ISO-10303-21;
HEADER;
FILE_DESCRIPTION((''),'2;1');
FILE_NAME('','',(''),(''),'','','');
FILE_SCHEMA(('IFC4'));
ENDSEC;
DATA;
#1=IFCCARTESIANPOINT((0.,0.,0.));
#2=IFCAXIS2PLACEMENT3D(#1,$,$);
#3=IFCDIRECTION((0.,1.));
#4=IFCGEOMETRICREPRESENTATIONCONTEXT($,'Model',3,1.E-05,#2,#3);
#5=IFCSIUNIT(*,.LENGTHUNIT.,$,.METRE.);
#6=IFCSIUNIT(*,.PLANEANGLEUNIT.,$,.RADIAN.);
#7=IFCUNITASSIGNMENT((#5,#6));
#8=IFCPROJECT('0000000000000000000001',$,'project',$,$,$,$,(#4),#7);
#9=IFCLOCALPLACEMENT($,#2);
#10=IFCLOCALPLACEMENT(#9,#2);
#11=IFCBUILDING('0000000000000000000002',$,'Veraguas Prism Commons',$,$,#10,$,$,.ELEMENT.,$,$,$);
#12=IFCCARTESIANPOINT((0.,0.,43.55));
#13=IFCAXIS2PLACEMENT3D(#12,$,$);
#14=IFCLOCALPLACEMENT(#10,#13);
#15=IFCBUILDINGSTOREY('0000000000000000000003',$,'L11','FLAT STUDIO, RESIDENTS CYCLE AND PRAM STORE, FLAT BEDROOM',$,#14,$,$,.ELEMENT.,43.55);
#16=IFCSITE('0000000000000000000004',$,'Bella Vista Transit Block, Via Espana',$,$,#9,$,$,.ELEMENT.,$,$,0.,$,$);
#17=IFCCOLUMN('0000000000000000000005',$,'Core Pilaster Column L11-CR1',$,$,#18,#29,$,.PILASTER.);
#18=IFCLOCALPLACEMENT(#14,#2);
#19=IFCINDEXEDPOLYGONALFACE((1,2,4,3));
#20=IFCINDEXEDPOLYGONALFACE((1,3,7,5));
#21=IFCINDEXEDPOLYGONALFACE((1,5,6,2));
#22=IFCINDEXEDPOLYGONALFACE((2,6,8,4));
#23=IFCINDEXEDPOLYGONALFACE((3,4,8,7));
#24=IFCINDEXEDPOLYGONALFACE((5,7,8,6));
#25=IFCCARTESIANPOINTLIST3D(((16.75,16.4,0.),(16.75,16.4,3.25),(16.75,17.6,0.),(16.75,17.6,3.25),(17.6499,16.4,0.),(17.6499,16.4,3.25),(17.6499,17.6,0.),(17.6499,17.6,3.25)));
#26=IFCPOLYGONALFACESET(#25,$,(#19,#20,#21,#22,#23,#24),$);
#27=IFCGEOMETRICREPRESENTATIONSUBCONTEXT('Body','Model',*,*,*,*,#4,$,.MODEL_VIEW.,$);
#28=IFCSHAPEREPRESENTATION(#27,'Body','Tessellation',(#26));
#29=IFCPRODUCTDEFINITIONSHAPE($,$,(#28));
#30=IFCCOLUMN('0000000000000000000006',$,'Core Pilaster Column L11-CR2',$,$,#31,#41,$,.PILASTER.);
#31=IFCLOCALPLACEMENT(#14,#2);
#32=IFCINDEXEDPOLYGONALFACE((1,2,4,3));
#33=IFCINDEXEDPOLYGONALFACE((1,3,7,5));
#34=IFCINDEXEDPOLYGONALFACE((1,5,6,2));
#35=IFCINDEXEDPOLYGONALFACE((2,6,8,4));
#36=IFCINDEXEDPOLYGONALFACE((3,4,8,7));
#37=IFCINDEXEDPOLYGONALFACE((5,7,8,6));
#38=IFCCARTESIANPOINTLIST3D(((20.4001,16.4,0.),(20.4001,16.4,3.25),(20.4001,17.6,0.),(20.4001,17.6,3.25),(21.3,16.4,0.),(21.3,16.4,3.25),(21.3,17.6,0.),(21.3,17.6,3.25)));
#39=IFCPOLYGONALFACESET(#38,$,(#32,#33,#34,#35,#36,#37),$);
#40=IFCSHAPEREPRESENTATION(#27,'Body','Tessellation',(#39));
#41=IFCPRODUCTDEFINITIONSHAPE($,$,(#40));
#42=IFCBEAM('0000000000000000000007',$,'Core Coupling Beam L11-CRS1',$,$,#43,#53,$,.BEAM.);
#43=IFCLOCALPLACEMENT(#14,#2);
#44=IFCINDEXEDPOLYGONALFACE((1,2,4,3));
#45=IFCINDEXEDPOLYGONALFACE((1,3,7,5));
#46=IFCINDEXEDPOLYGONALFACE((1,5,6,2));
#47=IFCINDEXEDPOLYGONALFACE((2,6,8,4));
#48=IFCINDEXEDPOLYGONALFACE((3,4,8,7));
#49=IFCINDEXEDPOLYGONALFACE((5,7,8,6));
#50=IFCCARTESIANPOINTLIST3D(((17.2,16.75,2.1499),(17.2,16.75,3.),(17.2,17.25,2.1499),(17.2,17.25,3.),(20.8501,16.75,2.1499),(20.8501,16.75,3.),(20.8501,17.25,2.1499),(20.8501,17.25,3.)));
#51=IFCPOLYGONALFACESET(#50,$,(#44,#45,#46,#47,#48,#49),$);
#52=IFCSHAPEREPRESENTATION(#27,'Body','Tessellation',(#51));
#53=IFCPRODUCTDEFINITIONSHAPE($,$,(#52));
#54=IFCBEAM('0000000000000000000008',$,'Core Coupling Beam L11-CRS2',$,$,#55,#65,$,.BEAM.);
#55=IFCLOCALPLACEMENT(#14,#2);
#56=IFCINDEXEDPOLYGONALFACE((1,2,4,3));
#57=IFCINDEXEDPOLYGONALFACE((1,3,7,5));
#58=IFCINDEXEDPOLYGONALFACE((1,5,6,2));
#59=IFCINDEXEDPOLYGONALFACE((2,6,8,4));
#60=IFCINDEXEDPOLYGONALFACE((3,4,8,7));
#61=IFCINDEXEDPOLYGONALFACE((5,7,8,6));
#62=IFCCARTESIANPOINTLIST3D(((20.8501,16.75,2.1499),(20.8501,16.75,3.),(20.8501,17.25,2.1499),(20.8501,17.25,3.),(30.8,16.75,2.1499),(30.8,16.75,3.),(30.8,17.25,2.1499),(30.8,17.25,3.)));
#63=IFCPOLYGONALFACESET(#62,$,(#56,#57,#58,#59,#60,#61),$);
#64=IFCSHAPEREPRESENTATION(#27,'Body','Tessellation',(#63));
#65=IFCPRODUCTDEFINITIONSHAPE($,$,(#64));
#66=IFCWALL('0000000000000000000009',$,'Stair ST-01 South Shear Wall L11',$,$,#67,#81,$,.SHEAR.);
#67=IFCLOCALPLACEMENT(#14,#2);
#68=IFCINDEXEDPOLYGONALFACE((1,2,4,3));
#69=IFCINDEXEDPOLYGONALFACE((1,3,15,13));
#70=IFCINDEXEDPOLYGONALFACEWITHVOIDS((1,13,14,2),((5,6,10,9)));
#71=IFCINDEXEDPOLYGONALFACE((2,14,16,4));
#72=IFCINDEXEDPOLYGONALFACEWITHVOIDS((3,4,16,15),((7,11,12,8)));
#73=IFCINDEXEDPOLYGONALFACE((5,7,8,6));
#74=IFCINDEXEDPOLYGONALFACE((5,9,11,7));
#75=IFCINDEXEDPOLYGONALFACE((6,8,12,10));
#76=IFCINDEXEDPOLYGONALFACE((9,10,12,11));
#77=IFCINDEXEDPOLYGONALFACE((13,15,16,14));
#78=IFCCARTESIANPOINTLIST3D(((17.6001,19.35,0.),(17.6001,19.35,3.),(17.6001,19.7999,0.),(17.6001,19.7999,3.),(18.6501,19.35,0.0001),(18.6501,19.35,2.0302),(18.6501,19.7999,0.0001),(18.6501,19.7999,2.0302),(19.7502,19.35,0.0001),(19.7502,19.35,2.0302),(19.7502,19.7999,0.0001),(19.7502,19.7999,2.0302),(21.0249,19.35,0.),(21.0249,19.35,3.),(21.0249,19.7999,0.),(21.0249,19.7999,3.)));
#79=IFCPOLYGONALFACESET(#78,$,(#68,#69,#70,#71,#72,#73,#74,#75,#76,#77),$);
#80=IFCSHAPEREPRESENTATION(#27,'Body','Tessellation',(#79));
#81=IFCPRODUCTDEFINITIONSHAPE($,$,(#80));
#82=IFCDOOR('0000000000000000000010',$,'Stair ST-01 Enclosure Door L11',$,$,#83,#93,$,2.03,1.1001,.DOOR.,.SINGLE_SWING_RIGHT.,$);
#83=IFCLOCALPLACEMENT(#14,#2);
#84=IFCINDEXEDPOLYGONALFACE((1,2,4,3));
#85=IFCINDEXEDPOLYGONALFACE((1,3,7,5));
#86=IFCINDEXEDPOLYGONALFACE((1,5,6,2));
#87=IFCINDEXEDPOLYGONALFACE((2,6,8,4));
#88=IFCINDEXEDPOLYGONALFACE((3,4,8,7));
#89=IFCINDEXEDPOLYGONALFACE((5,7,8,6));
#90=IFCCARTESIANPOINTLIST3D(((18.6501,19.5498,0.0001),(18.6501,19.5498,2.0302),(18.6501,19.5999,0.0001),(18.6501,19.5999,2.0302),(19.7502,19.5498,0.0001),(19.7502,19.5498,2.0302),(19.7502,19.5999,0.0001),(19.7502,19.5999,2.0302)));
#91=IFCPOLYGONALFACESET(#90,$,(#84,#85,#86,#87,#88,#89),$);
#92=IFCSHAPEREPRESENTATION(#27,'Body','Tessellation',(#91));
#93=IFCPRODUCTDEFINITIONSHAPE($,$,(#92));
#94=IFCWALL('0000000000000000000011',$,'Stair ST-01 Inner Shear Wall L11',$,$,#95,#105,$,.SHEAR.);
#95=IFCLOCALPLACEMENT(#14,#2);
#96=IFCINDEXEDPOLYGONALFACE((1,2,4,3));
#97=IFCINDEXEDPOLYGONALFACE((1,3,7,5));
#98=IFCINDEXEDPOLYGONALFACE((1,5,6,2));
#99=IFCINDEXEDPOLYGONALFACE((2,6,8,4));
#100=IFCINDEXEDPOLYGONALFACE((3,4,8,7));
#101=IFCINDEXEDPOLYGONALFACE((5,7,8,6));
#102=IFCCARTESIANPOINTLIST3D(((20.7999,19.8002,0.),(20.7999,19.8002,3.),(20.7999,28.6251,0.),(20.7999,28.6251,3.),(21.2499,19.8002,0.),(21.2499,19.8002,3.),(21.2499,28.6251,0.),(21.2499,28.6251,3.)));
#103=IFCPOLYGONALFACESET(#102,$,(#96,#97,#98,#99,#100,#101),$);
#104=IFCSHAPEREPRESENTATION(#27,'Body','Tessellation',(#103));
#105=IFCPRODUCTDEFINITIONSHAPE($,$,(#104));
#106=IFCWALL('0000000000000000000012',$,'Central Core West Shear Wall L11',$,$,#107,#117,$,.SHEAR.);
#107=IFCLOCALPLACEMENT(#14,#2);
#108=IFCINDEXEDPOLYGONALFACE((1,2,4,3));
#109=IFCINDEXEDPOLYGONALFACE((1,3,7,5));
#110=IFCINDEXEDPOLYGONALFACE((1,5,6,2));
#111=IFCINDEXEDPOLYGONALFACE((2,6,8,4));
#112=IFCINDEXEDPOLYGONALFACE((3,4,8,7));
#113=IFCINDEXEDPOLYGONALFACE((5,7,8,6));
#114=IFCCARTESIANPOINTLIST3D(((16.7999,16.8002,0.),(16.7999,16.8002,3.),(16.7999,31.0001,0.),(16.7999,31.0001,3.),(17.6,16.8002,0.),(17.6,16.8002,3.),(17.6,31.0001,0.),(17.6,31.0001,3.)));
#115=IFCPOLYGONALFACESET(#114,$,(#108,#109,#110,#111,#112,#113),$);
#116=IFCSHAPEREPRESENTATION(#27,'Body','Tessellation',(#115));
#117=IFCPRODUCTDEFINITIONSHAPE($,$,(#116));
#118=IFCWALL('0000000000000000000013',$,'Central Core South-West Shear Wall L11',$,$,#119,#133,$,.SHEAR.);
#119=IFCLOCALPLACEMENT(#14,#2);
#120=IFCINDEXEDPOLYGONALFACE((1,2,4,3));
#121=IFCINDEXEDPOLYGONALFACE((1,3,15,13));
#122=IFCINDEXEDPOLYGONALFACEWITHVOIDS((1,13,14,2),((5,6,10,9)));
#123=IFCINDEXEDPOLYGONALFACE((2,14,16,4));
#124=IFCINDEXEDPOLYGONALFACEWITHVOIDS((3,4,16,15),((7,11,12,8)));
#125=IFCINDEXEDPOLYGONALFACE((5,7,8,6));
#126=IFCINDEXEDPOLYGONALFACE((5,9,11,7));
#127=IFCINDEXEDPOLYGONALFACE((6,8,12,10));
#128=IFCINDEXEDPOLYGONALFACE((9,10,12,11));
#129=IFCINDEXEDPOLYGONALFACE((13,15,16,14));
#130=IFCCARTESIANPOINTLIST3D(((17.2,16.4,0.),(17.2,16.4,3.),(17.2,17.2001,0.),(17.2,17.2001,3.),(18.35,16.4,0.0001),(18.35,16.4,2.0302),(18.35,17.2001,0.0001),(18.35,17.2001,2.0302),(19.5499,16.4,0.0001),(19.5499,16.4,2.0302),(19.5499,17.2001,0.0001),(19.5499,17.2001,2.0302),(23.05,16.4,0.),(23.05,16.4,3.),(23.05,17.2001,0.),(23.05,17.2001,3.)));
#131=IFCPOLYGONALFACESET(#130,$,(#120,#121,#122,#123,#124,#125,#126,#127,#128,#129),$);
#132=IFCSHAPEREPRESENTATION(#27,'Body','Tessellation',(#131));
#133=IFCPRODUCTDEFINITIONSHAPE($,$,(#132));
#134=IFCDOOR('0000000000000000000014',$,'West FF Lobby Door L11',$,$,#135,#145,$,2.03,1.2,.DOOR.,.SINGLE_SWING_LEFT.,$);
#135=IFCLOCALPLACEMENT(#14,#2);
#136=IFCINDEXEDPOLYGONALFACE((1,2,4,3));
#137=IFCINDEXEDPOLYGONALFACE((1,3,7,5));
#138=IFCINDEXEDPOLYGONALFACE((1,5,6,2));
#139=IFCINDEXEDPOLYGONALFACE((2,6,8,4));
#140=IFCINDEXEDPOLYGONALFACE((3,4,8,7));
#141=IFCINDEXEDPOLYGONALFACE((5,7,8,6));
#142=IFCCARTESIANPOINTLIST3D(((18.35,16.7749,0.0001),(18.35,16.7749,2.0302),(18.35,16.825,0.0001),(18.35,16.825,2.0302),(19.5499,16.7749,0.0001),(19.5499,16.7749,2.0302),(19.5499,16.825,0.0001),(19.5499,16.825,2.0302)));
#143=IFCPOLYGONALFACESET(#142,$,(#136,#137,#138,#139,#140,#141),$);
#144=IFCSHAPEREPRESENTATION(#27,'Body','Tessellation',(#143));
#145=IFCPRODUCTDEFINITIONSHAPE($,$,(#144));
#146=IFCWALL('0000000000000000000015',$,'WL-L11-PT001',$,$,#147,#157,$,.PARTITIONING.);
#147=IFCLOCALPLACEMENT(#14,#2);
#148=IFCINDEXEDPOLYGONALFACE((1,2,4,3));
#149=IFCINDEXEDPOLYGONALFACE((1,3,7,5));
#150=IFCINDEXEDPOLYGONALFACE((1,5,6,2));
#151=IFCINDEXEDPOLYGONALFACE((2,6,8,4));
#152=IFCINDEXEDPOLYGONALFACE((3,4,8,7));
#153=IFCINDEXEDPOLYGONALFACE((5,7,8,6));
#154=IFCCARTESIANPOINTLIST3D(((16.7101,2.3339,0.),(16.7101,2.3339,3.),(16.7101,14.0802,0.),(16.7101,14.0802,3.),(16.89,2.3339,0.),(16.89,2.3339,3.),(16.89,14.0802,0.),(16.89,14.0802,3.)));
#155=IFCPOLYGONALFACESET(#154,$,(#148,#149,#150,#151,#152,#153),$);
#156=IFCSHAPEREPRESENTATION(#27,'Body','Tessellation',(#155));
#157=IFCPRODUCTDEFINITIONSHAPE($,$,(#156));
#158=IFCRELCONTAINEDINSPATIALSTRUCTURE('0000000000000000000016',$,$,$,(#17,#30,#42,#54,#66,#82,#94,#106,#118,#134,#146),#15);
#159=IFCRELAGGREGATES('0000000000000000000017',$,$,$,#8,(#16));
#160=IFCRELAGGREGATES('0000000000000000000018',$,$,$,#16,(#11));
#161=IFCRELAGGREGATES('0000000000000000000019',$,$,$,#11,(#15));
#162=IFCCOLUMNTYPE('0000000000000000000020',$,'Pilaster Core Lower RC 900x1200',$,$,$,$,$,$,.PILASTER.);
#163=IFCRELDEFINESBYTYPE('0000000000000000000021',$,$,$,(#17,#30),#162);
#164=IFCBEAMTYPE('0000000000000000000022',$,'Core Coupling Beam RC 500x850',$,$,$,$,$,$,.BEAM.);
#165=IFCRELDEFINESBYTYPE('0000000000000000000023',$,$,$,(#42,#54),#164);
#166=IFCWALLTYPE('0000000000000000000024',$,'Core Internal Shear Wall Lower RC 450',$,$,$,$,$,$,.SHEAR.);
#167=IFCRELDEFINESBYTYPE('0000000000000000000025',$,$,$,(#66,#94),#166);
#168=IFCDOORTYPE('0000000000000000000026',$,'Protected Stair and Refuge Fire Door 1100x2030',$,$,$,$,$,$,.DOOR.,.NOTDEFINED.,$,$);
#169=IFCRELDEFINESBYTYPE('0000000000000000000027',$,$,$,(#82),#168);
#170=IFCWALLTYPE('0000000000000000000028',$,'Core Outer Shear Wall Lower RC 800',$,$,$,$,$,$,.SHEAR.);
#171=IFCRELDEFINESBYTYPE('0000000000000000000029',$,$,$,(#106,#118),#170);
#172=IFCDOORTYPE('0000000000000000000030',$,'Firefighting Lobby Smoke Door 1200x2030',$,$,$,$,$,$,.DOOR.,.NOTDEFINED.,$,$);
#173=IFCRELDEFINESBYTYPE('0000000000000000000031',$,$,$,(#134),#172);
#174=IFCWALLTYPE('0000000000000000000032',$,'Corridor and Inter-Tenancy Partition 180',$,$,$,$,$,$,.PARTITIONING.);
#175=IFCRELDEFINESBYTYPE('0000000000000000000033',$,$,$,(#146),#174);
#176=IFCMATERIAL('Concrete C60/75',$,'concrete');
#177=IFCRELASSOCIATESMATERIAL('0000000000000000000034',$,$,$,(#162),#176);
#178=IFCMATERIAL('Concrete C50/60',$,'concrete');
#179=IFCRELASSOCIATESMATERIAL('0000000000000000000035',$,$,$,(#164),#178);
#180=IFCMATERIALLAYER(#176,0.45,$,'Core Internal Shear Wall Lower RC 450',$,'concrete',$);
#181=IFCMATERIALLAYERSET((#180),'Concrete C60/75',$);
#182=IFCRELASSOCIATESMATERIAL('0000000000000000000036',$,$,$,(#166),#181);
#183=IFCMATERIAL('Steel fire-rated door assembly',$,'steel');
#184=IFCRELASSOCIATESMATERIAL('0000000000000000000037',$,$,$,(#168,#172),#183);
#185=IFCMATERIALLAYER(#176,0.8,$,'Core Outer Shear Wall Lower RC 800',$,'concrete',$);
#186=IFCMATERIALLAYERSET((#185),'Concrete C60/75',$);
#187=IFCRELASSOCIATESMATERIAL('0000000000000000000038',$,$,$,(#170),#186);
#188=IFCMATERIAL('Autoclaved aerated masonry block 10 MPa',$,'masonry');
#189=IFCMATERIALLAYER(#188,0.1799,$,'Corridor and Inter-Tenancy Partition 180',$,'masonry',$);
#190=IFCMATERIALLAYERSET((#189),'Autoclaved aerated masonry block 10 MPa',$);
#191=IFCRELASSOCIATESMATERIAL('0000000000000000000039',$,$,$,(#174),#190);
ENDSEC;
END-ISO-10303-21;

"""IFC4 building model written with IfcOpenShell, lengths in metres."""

from ifc_helpers import new_model, si_unit, direction, frame, frame_2d, origin, origin_2d, place, context, subcontext, project, spatial, rectangle, extrude, source, transform, mapped, material, layer, layer_set, material_profile, profile_set, type_object, element, fill, save


model = new_model("IFC4")

# Units and contexts
model_context = context("Model", 3, precision=1e-05, world=origin(), true_north=direction((0.0, 1.0)))
body_context = subcontext(model_context, "Body", "Model", "MODEL_VIEW")
ifc_project = project(units=[si_unit("LENGTHUNIT", "METRE"), si_unit("PLANEANGLEUNIT", "RADIAN")], contexts=[model_context])

# Site, building, storey
site_placement = place(None, origin())
site = spatial("IfcSite", under=ifc_project, at=site_placement, Name="Bella Vista Transit Block, Via Espana", CompositionType="ELEMENT", RefElevation=0.0)
building_placement = place(site_placement, origin())
building = spatial("IfcBuilding", under=site, at=building_placement, Name="Veraguas Prism Commons", CompositionType="ELEMENT")
storey_placement = place(building_placement, frame((0.0, 0.0, 43.55)))
storey = spatial("IfcBuildingStorey", under=building, at=storey_placement, Name="L11", Description="FLAT STUDIO, RESIDENTS CYCLE AND PRAM STORE, FLAT BEDROOM", CompositionType="ELEMENT", Elevation=43.55)

# Columns
ifc_material_1 = material(Name="Concrete C60/75", Category="concrete")
ifc_material_profile_1 = material_profile(ifc_material_1, rectangle(XDim=0.8999, YDim=1.2, at=origin_2d()), Name="RC900X1200")
ifc_profile_set_1 = profile_set([ifc_material_profile_1], Name="Concrete C60/75")
column_type = type_object("IfcColumnType", Name="Pilaster Core Lower RC 900x1200", PredefinedType="PILASTER", material=ifc_profile_set_1)
for number, where, z_axis, x_axis, name in (
    (1, (17.2, 17.0, 0.0), (0.0, 0.0, 1.0), (1.0, 0.0, 0.0), "Core Pilaster Column L11-CR1"),
    (2, (20.8501, 17.0, 0.0), (0.0, 0.0, 1.0), (1.0, 0.0, 0.0), "Core Pilaster Column L11-CR2"),
):
    element("IfcColumn", number, at=place(storey_placement, frame(where, z_axis=z_axis, x_axis=x_axis)), inside=storey, type_object=column_type, Name=name, PredefinedType="PILASTER", context=body_context, shape_type="SweptSolid", body=[
        extrude(rectangle(XDim=0.8999, YDim=1.2, at=origin_2d()), origin(), (0.0, 0.0, 1.0), 3.25),
    ])

# Beams
ifc_material_2 = material(Name="Concrete C50/60", Category="concrete")
ifc_material_profile_2 = material_profile(ifc_material_2, rectangle(XDim=0.5, YDim=0.8501, at=origin_2d()), Name="RC500X850")
ifc_profile_set_2 = profile_set([ifc_material_profile_2], Name="Concrete C50/60")
beam_type = type_object("IfcBeamType", Name="Core Coupling Beam RC 500x850", PredefinedType="BEAM", material=ifc_profile_set_2)
beam_1_placement = place(storey_placement, frame((17.2, 17.0, 2.575), z_axis=(1.0, 0.0, 0.0), x_axis=(0.0, 1.0, 0.0)))
element("IfcBeam", 3, at=beam_1_placement, inside=storey, type_object=beam_type, Name="Core Coupling Beam L11-CRS1", PredefinedType="BEAM", context=body_context, shape_type="SweptSolid", body=[
    extrude(rectangle(XDim=0.5, YDim=0.8501, at=origin_2d()), origin(), (0.0, 0.0, 1.0), 3.6501),
])
beam_2_placement = place(storey_placement, frame((20.8501, 17.0, 2.575), z_axis=(1.0, 0.0, 0.0), x_axis=(0.0, 1.0, 0.0)))
element("IfcBeam", 4, at=beam_2_placement, inside=storey, type_object=beam_type, Name="Core Coupling Beam L11-CRS2", PredefinedType="BEAM", context=body_context, shape_type="SweptSolid", body=[
    extrude(rectangle(XDim=0.5, YDim=0.8501, at=origin_2d()), origin(), (0.0, 0.0, 1.0), 9.95),
])

# Wall, opening, door
ifc_layer_1 = layer(ifc_material_1, 0.45, Name="Core Internal Shear Wall Lower RC 450", Category="concrete")
ifc_layer_set_1 = layer_set([ifc_layer_1], Name="Concrete C60/75")
wall_type_1 = type_object("IfcWallType", Name="Core Internal Shear Wall Lower RC 450", PredefinedType="SHEAR", material=ifc_layer_set_1)
wall_1_placement = place(storey_placement, frame((17.6001, 19.575, 0.0), z_axis=(0.0, 0.0, 1.0), x_axis=(1.0, 0.0, 0.0)))
wall_1 = element("IfcWall", 5, at=wall_1_placement, inside=storey, type_object=wall_type_1, Name="Stair ST-01 South Shear Wall L11", PredefinedType="SHEAR", context=body_context, shape_type="SweptSolid", body=[
    extrude(rectangle(XDim=3.4248, YDim=0.45, at=frame_2d((1.7124, 0.0))), origin(), (0.0, 0.0, 1.0), 3.0),
])
opening_1_placement = place(wall_1_placement, frame((1.05, 0.0, 0.0)))
opening_1 = element("IfcOpeningElement", 6, at=opening_1_placement, cuts=wall_1, PredefinedType="OPENING", context=body_context, shape_type="SweptSolid", body=[
    extrude(rectangle(XDim=1.1001, YDim=2.03, at=frame_2d((0.55, 1.0151))), frame((0.0, 0.2349, 0.0), z_axis=(0.0, -1.0, 0.0), x_axis=(1.0, 0.0, 0.0)), (0.0, 0.0, 1.0), 0.47),
])
ifc_material_3 = material(Name="Steel fire-rated door assembly", Category="steel")
door_type_1 = type_object("IfcDoorType", Name="Protected Stair and Refuge Fire Door 1100x2030", OperationType="NOTDEFINED", PredefinedType="DOOR", material=ifc_material_3)
shared_shape_1 = source(origin(), body_context, "Body", "SweptSolid", [
    extrude(rectangle(XDim=1.1001, YDim=2.03, at=frame_2d((0.55, 1.0151))), frame((0.0, 0.0249, 0.0), z_axis=(0.0, -1.0, 0.0), x_axis=(1.0, 0.0, 0.0)), (0.0, 0.0, 1.0), 0.05),
])
door_1_placement = place(opening_1_placement, origin())
door_1 = element("IfcDoor", 7, at=door_1_placement, inside=storey, type_object=door_type_1, Name="Stair ST-01 Enclosure Door L11", OperationType="SINGLE_SWING_RIGHT", OverallHeight=2.03, OverallWidth=1.1001, PredefinedType="DOOR", context=body_context, shape_type="MappedRepresentation", body=[
    mapped(shared_shape_1, transform((0.0, 0.0, 0.0), scale=1.0)),
])
fill(opening_1, door_1)

# Walls
wall_2_placement = place(storey_placement, frame((21.0249, 19.8, 0.0), z_axis=(0.0, 0.0, 1.0), x_axis=(0.0, 1.0, 0.0)))
element("IfcWall", 8, at=wall_2_placement, inside=storey, type_object=wall_type_1, Name="Stair ST-01 Inner Shear Wall L11", PredefinedType="SHEAR", context=body_context, shape_type="SweptSolid", body=[
    extrude(rectangle(XDim=8.825, YDim=0.45, at=frame_2d((4.4126, 0.0))), origin(), (0.0, 0.0, 1.0), 3.0),
])
ifc_layer_2 = layer(ifc_material_1, 0.8, Name="Core Outer Shear Wall Lower RC 800", Category="concrete")
ifc_layer_set_2 = layer_set([ifc_layer_2], Name="Concrete C60/75")
wall_type_2 = type_object("IfcWallType", Name="Core Outer Shear Wall Lower RC 800", PredefinedType="SHEAR", material=ifc_layer_set_2)
wall_3_placement = place(storey_placement, frame((17.2, 16.8, 0.0), z_axis=(0.0, 0.0, 1.0), x_axis=(0.0, 1.0, 0.0)))
element("IfcWall", 9, at=wall_3_placement, inside=storey, type_object=wall_type_2, Name="Central Core West Shear Wall L11", PredefinedType="SHEAR", context=body_context, shape_type="SweptSolid", body=[
    extrude(rectangle(XDim=14.2, YDim=0.8, at=frame_2d((7.1001, 0.0))), origin(), (0.0, 0.0, 1.0), 3.0),
])

# Wall, opening, door
wall_4_placement = place(storey_placement, frame((17.2, 16.8, 0.0), z_axis=(0.0, 0.0, 1.0), x_axis=(1.0, 0.0, 0.0)))
wall_4 = element("IfcWall", 10, at=wall_4_placement, inside=storey, type_object=wall_type_2, Name="Central Core South-West Shear Wall L11", PredefinedType="SHEAR", context=body_context, shape_type="SweptSolid", body=[
    extrude(rectangle(XDim=5.8501, YDim=0.8, at=frame_2d((2.925, 0.0))), origin(), (0.0, 0.0, 1.0), 3.0),
])
opening_2_placement = place(wall_4_placement, frame((1.1499, 0.0, 0.0)))
opening_2 = element("IfcOpeningElement", 11, at=opening_2_placement, cuts=wall_4, PredefinedType="OPENING", context=body_context, shape_type="SweptSolid", body=[
    extrude(rectangle(XDim=1.2, YDim=2.03, at=frame_2d((0.6001, 1.0151))), frame((0.0, 0.4099, 0.0), z_axis=(0.0, -1.0, 0.0), x_axis=(1.0, 0.0, 0.0)), (0.0, 0.0, 1.0), 0.8201),
])
door_type_2 = type_object("IfcDoorType", Name="Firefighting Lobby Smoke Door 1200x2030", OperationType="NOTDEFINED", PredefinedType="DOOR", material=ifc_material_3)
shared_shape_2 = source(origin(), body_context, "Body", "SweptSolid", [
    extrude(rectangle(XDim=1.2, YDim=2.03, at=frame_2d((0.6001, 1.0151))), frame((0.0, 0.0249, 0.0), z_axis=(0.0, -1.0, 0.0), x_axis=(1.0, 0.0, 0.0)), (0.0, 0.0, 1.0), 0.05),
])
door_2_placement = place(opening_2_placement, origin())
door_2 = element("IfcDoor", 12, at=door_2_placement, inside=storey, type_object=door_type_2, Name="West FF Lobby Door L11", OperationType="SINGLE_SWING_LEFT", OverallHeight=2.03, OverallWidth=1.2, PredefinedType="DOOR", context=body_context, shape_type="MappedRepresentation", body=[
    mapped(shared_shape_2, transform((0.0, 0.0, 0.0), scale=1.0)),
])
fill(opening_2, door_2)

# Wall
ifc_material_4 = material(Name="Autoclaved aerated masonry block 10 MPa", Category="masonry")
ifc_layer_3 = layer(ifc_material_4, 0.1799, Name="Corridor and Inter-Tenancy Partition 180", Category="masonry")
ifc_layer_set_3 = layer_set([ifc_layer_3], Name="Autoclaved aerated masonry block 10 MPa")
wall_type_3 = type_object("IfcWallType", Name="Corridor and Inter-Tenancy Partition 180", PredefinedType="PARTITIONING", material=ifc_layer_set_3)
wall_5_placement = place(storey_placement, frame((16.8, 14.0801, 0.0), z_axis=(0.0, 0.0, 1.0), x_axis=(0.0, -1.0, 0.0)))
element("IfcWall", 13, at=wall_5_placement, inside=storey, type_object=wall_type_3, Name="WL-L11-PT001", PredefinedType="PARTITIONING", context=body_context, shape_type="SweptSolid", body=[
    extrude(rectangle(XDim=11.7463, YDim=0.1799, at=frame_2d((5.873, 0.0))), origin(), (0.0, 0.0, 1.0), 3.0),
])

save(model, "model.ifc")
